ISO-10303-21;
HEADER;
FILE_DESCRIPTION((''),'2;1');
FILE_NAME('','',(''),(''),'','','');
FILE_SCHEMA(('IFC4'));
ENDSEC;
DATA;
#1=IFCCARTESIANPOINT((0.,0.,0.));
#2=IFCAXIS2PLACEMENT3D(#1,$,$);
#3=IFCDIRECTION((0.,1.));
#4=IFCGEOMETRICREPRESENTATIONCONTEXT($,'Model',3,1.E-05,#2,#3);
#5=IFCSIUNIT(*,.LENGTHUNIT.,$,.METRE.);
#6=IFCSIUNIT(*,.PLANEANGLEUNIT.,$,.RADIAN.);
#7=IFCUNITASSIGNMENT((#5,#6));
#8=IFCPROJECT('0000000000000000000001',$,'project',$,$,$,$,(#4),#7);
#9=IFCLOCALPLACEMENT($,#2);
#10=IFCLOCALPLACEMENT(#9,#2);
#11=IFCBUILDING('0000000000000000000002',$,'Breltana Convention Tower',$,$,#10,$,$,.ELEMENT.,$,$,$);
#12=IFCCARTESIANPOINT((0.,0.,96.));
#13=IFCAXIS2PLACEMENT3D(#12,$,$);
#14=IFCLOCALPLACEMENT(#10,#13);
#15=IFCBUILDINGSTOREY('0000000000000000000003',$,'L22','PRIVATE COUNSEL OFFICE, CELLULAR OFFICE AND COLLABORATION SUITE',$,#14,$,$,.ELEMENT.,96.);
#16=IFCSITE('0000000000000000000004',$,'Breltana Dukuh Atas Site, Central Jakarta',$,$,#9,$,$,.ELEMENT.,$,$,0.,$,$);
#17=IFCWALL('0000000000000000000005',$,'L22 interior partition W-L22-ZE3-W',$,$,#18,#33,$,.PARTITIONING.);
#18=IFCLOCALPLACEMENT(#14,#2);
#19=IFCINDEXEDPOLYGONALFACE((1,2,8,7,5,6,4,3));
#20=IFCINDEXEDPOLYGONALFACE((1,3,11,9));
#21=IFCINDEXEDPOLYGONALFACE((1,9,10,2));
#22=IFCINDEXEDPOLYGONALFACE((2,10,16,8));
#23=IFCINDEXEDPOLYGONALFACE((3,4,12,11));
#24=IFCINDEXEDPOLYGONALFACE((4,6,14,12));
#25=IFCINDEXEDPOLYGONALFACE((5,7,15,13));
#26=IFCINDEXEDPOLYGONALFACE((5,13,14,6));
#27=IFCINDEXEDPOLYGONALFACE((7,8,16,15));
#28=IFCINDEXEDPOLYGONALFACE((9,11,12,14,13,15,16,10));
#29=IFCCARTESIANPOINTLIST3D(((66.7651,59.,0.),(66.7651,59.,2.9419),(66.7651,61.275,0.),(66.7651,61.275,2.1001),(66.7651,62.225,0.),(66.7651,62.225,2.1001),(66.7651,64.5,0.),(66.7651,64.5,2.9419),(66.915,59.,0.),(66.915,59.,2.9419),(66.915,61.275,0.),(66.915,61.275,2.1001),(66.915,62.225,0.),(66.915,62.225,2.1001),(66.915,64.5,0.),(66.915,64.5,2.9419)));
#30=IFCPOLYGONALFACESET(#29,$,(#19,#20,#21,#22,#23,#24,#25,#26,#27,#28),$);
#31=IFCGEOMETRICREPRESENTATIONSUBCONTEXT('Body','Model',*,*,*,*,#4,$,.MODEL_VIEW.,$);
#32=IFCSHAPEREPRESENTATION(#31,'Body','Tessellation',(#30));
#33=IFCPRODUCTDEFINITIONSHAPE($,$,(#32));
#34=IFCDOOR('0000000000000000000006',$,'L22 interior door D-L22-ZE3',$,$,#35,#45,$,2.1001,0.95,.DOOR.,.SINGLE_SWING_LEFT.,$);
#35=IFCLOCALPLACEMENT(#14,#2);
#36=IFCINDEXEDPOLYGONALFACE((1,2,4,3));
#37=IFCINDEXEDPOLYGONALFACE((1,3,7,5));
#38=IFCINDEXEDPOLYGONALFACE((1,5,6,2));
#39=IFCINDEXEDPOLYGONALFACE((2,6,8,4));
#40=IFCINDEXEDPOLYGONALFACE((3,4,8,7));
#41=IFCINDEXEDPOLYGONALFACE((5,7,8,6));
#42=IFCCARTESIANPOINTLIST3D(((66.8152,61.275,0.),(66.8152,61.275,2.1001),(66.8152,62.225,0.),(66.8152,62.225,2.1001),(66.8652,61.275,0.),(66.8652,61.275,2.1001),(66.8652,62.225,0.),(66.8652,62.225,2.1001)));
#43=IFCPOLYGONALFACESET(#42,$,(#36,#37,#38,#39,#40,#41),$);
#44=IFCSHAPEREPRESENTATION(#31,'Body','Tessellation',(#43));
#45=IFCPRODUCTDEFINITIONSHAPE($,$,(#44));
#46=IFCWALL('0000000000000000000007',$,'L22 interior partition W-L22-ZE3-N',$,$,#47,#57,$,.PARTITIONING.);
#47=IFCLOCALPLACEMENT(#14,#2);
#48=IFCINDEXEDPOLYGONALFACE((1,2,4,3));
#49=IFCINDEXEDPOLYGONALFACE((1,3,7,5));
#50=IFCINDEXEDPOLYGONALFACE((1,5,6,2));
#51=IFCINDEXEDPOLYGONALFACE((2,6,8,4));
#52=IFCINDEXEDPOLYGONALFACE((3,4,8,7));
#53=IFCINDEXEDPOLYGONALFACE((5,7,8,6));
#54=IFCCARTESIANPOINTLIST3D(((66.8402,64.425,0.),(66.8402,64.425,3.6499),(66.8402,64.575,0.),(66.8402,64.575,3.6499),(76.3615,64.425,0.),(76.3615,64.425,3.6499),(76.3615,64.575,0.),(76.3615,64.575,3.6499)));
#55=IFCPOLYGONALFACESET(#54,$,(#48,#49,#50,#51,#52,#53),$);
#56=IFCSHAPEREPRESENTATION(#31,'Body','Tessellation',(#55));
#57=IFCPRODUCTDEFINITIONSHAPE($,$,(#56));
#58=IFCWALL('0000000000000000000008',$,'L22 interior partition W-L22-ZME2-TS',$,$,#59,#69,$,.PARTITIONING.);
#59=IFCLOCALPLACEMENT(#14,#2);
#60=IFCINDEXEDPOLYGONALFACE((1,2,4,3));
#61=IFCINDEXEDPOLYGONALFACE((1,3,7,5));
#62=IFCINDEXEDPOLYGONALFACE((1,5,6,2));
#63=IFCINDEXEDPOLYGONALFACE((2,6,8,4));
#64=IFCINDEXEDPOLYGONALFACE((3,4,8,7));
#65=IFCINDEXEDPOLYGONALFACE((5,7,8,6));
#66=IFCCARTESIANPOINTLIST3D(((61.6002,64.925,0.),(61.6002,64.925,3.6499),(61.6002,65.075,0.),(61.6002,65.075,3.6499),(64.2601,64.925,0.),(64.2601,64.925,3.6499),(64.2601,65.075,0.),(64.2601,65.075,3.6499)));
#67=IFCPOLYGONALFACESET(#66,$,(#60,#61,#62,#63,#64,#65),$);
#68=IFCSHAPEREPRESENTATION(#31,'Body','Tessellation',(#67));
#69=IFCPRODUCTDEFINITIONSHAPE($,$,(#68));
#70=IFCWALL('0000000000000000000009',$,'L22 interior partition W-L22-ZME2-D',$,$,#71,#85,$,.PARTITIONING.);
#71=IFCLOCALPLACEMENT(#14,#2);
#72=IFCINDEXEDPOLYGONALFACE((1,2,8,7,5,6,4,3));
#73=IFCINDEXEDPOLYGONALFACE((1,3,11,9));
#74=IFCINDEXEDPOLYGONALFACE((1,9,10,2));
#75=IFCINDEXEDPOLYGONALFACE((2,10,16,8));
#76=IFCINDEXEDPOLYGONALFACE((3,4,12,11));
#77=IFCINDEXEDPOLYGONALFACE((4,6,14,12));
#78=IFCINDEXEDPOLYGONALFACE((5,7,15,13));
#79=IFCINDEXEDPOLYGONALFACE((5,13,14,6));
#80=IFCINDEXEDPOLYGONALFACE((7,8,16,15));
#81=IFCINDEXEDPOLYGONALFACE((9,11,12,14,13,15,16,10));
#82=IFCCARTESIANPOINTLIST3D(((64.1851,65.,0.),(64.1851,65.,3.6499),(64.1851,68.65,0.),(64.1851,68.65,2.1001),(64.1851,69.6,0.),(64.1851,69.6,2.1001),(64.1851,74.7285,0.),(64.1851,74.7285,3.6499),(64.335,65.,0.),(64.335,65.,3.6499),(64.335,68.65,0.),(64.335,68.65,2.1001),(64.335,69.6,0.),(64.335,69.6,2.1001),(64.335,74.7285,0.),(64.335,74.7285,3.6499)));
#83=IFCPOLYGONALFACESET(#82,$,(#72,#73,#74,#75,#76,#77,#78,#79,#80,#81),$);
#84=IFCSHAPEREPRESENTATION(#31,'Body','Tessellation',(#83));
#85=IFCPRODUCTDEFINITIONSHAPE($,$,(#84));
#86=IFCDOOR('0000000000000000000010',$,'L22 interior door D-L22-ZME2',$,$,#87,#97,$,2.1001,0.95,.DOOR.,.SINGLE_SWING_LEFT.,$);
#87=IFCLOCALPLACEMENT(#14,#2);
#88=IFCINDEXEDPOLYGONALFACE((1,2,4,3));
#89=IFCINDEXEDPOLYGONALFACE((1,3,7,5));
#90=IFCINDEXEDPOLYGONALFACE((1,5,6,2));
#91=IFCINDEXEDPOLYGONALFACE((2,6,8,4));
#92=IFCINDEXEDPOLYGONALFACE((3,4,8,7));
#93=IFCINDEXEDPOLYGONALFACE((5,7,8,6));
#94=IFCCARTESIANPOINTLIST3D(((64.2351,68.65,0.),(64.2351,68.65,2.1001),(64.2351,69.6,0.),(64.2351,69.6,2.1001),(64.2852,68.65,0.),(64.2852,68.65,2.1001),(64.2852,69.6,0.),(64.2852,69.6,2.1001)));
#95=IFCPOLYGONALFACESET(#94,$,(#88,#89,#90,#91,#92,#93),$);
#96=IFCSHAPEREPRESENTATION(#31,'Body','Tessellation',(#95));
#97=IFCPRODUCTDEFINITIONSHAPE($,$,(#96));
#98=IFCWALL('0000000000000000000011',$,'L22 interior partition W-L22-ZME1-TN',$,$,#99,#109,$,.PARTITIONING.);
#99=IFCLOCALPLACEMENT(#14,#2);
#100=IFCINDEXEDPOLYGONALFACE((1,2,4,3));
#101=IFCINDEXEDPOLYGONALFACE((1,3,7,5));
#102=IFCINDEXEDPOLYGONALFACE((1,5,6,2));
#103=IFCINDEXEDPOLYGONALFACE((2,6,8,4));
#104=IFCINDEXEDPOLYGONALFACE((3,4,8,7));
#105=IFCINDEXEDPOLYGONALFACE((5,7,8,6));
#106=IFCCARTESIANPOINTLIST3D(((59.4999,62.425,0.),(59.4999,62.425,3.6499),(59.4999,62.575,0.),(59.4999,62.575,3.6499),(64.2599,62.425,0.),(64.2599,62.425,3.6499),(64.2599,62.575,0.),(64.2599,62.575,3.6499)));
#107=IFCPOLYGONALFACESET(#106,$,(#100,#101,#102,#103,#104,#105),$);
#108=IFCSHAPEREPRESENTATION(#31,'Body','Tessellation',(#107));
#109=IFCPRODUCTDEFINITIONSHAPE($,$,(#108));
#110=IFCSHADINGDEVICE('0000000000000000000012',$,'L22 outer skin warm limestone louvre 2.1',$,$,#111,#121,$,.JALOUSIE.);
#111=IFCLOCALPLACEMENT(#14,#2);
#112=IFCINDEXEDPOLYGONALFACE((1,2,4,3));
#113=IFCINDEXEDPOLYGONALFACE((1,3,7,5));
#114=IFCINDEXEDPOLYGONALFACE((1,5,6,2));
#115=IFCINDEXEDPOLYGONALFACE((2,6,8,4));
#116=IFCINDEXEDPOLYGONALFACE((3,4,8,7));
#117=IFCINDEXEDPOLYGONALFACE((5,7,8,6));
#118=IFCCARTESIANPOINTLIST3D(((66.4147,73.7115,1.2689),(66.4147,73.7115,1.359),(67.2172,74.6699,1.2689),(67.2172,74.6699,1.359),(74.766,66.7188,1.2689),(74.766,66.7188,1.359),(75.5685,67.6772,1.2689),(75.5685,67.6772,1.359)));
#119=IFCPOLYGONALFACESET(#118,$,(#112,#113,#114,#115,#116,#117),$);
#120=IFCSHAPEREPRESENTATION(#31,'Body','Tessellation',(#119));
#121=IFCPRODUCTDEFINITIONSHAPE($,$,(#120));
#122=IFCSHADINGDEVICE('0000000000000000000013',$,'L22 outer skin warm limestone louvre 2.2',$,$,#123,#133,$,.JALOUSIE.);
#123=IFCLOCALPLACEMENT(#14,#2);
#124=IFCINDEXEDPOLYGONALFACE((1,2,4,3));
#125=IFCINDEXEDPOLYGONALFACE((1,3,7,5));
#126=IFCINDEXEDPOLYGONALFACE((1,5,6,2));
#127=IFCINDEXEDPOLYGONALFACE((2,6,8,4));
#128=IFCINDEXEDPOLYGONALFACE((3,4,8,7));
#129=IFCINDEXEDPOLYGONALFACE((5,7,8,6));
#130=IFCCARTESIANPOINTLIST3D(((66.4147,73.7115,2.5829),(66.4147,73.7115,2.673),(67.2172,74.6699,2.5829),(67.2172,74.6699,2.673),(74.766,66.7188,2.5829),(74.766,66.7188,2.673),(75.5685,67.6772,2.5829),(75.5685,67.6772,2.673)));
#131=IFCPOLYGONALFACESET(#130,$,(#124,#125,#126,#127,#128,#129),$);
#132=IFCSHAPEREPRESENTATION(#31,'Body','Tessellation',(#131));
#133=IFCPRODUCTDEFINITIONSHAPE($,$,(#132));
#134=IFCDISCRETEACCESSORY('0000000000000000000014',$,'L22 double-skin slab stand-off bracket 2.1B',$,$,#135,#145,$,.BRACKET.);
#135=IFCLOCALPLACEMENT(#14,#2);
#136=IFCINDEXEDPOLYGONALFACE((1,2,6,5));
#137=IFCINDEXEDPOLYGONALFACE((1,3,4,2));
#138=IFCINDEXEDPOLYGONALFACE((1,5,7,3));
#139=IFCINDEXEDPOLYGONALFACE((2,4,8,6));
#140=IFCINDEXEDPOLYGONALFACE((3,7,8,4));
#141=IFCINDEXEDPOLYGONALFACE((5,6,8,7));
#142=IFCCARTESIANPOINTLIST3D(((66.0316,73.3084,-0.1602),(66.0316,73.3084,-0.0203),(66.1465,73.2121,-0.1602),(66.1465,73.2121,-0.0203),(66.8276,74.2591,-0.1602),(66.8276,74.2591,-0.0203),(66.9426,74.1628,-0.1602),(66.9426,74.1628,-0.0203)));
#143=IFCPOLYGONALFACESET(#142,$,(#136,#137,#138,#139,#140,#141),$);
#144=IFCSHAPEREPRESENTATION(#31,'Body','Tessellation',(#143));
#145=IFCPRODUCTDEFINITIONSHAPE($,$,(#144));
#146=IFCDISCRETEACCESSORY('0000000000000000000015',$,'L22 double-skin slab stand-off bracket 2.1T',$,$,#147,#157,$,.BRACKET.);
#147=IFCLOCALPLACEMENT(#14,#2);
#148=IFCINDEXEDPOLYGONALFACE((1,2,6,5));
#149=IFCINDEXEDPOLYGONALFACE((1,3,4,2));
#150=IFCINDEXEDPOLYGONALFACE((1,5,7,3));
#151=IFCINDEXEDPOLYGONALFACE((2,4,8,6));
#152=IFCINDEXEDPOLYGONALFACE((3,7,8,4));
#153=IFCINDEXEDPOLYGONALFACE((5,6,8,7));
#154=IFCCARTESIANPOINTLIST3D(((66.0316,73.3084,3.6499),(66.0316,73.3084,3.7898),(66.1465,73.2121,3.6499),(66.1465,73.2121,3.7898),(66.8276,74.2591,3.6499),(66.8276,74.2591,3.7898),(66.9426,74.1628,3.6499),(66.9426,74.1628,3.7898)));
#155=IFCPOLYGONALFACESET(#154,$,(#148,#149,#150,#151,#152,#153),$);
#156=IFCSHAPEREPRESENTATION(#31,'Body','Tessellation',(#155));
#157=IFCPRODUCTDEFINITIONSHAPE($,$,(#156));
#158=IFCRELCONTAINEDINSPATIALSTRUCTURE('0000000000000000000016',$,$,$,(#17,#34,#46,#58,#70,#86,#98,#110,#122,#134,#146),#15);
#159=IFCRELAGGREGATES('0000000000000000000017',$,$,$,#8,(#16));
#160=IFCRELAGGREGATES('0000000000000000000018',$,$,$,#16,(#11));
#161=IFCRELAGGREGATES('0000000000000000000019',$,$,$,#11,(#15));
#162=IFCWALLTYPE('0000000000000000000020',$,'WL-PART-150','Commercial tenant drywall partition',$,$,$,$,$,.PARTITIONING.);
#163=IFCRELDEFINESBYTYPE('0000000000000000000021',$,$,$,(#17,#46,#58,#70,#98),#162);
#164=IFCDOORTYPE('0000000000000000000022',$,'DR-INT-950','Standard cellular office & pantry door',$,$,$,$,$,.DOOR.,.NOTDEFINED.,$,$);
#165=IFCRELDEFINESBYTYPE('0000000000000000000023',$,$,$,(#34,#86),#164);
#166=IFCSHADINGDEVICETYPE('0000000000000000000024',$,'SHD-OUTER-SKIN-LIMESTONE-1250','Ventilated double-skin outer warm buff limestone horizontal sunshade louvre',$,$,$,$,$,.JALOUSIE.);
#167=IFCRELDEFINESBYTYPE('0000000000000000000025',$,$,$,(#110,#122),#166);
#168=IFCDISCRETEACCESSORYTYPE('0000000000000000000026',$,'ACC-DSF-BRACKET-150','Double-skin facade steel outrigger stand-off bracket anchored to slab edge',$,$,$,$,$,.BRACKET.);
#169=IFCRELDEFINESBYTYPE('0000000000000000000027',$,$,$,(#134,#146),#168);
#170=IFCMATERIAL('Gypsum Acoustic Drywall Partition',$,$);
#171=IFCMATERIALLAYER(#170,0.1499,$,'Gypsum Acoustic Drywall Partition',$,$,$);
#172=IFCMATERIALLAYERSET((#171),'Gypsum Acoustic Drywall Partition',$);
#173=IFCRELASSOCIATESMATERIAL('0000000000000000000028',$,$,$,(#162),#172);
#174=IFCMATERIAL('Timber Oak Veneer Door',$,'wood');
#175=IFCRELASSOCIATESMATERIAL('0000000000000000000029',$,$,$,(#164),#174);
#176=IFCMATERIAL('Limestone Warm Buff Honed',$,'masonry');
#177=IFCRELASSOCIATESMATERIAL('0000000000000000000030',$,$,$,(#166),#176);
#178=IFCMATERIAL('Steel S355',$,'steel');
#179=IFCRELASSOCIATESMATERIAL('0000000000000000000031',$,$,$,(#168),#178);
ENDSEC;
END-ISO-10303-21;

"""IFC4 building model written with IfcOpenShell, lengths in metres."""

from ifc_helpers import new_model, si_unit, direction, frame, frame_2d, origin, origin_2d, place, context, subcontext, project, spatial, rectangle, extrude, source, transform, mapped, material, layer, layer_set, material_profile, profile_set, type_object, type_shapes, element, fill, save


model = new_model("IFC4")

# Units and contexts
model_context = context("Model", 3, precision=1e-05, world=origin(), true_north=direction((0.0, 1.0)))
body_context = subcontext(model_context, "Body", "Model", "MODEL_VIEW")
ifc_project = project(units=[si_unit("LENGTHUNIT", "METRE"), si_unit("PLANEANGLEUNIT", "RADIAN")], contexts=[model_context])

# Site, building, storey
site_placement = place(None, origin())
site = spatial("IfcSite", under=ifc_project, at=site_placement, Name="Breltana Dukuh Atas Site, Central Jakarta", CompositionType="ELEMENT", RefElevation=0.0)
building_placement = place(site_placement, origin())
building = spatial("IfcBuilding", under=site, at=building_placement, Name="Breltana Convention Tower", CompositionType="ELEMENT")
storey_placement = place(building_placement, frame((0.0, 0.0, 96.0)))
storey = spatial("IfcBuildingStorey", under=building, at=storey_placement, Name="L22", Description="PRIVATE COUNSEL OFFICE, CELLULAR OFFICE AND COLLABORATION SUITE", CompositionType="ELEMENT", Elevation=96.0)

# Shared definitions
ifc_material_1 = material(Name="Gypsum Acoustic Drywall Partition")
ifc_layer_1 = layer(ifc_material_1, 0.1499, Name="Gypsum Acoustic Drywall Partition")
ifc_layer_set_1 = layer_set([ifc_layer_1], Name="Gypsum Acoustic Drywall Partition")
wall_type_1 = type_object("IfcWallType", Name="WL-PART-150", Description="Commercial tenant drywall partition", PredefinedType="PARTITIONING", material=ifc_layer_set_1)

# Wall, opening, door
shared_shape_1 = source(origin(), body_context, "Body", "SweptSolid", [
    extrude(rectangle(XDim=5.5, YDim=0.1499, at=frame_2d((2.75, 0.0))), origin(), (0.0, 0.0, 1.0), 2.9419),
])
wall_1_placement = place(storey_placement, frame((66.8401, 59.0, 0.0), z_axis=(0.0, 0.0, 1.0), x_axis=(0.0, 1.0, 0.0)))
wall_1 = element("IfcWall", 1, at=wall_1_placement, inside=storey, type_object=wall_type_1, Name="L22 interior partition W-L22-ZE3-W", PredefinedType="PARTITIONING", context=body_context, shape_type="MappedRepresentation", body=[
    mapped(shared_shape_1, transform((0.0, 0.0, 0.0), scale=1.0)),
])
opening_1_placement = place(wall_1_placement, frame((2.2749, 0.0, 0.0)))
opening_1 = element("IfcOpeningElement", 2, at=opening_1_placement, cuts=wall_1, PredefinedType="OPENING", context=body_context, shape_type="SweptSolid", body=[
    extrude(rectangle(XDim=0.95, YDim=2.1001, at=frame_2d((0.4751, 1.05))), frame((0.0, 0.085, 0.0), z_axis=(0.0, -1.0, 0.0), x_axis=(1.0, 0.0, 0.0)), (0.0, 0.0, 1.0), 0.1699),
])
ifc_material_2 = material(Name="Timber Oak Veneer Door", Category="wood")
door_type = type_object("IfcDoorType", Name="DR-INT-950", Description="Standard cellular office & pantry door", OperationType="NOTDEFINED", PredefinedType="DOOR", material=ifc_material_2)
shared_shape_2 = source(origin(), body_context, "Body", "SweptSolid", [
    extrude(rectangle(XDim=0.95, YDim=2.1001, at=frame_2d((0.4751, 1.05))), frame((0.0, 0.0249, 0.0), z_axis=(0.0, -1.0, 0.0), x_axis=(1.0, 0.0, 0.0)), (0.0, 0.0, 1.0), 0.05),
])
type_shapes(door_type, [shared_shape_2])
door_1_placement = place(opening_1_placement, origin())
door_1 = element("IfcDoor", 3, at=door_1_placement, inside=storey, type_object=door_type, Name="L22 interior door D-L22-ZE3", OperationType="SINGLE_SWING_LEFT", OverallHeight=2.1001, OverallWidth=0.95, PredefinedType="DOOR", context=body_context, shape_type="MappedRepresentation", body=[
    mapped(shared_shape_2, transform((0.0, 0.0, 0.0), scale=1.0)),
])
fill(opening_1, door_1)

# Walls
shared_shape_3 = source(origin(), body_context, "Body", "SweptSolid", [
    extrude(rectangle(XDim=9.5212, YDim=0.1499, at=frame_2d((4.7607, 0.0))), origin(), (0.0, 0.0, 1.0), 3.6499),
])
wall_2_placement = place(storey_placement, frame((66.8401, 64.5, 0.0), z_axis=(0.0, 0.0, 1.0), x_axis=(1.0, 0.0, 0.0)))
element("IfcWall", 4, at=wall_2_placement, inside=storey, type_object=wall_type_1, Name="L22 interior partition W-L22-ZE3-N", PredefinedType="PARTITIONING", context=body_context, shape_type="MappedRepresentation", body=[
    mapped(shared_shape_3, transform((0.0, 0.0, 0.0), scale=1.0)),
])
shared_shape_4 = source(origin(), body_context, "Body", "SweptSolid", [
    extrude(rectangle(XDim=2.6599, YDim=0.1499, at=frame_2d((1.3301, 0.0))), origin(), (0.0, 0.0, 1.0), 3.6499),
])
wall_3_placement = place(storey_placement, frame((61.6001, 65.0, 0.0), z_axis=(0.0, 0.0, 1.0), x_axis=(1.0, 0.0, 0.0)))
element("IfcWall", 5, at=wall_3_placement, inside=storey, type_object=wall_type_1, Name="L22 interior partition W-L22-ZME2-TS", PredefinedType="PARTITIONING", context=body_context, shape_type="MappedRepresentation", body=[
    mapped(shared_shape_4, transform((0.0, 0.0, 0.0), scale=1.0)),
])

# Wall, opening, door
shared_shape_5 = source(origin(), body_context, "Body", "SweptSolid", [
    extrude(rectangle(XDim=9.7285, YDim=0.1499, at=frame_2d((4.8643, 0.0))), origin(), (0.0, 0.0, 1.0), 3.6499),
])
wall_4_placement = place(storey_placement, frame((64.26, 65.0, 0.0), z_axis=(0.0, 0.0, 1.0), x_axis=(0.0, 1.0, 0.0)))
wall_4 = element("IfcWall", 6, at=wall_4_placement, inside=storey, type_object=wall_type_1, Name="L22 interior partition W-L22-ZME2-D", PredefinedType="PARTITIONING", context=body_context, shape_type="MappedRepresentation", body=[
    mapped(shared_shape_5, transform((0.0, 0.0, 0.0), scale=1.0)),
])
opening_2_placement = place(wall_4_placement, frame((3.6499, 0.0, 0.0)))
opening_2 = element("IfcOpeningElement", 7, at=opening_2_placement, cuts=wall_4, PredefinedType="OPENING", context=body_context, shape_type="SweptSolid", body=[
    extrude(rectangle(XDim=0.95, YDim=2.1001, at=frame_2d((0.4751, 1.05))), frame((0.0, 0.085, 0.0), z_axis=(0.0, -1.0, 0.0), x_axis=(1.0, 0.0, 0.0)), (0.0, 0.0, 1.0), 0.1699),
])
door_2_placement = place(opening_2_placement, origin())
door_2 = element("IfcDoor", 8, at=door_2_placement, inside=storey, type_object=door_type, Name="L22 interior door D-L22-ZME2", OperationType="SINGLE_SWING_LEFT", OverallHeight=2.1001, OverallWidth=0.95, PredefinedType="DOOR", context=body_context, shape_type="MappedRepresentation", body=[
    mapped(shared_shape_2, transform((0.0, 0.0, 0.0), scale=1.0)),
])
fill(opening_2, door_2)

# Wall
shared_shape_6 = source(origin(), body_context, "Body", "SweptSolid", [
    extrude(rectangle(XDim=4.76, YDim=0.1499, at=frame_2d((2.3799, 0.0))), origin(), (0.0, 0.0, 1.0), 3.6499),
])
wall_5_placement = place(storey_placement, frame((59.5, 62.5, 0.0), z_axis=(0.0, 0.0, 1.0), x_axis=(1.0, 0.0, 0.0)))
element("IfcWall", 9, at=wall_5_placement, inside=storey, type_object=wall_type_1, Name="L22 interior partition W-L22-ZME1-TN", PredefinedType="PARTITIONING", context=body_context, shape_type="MappedRepresentation", body=[
    mapped(shared_shape_6, transform((0.0, 0.0, 0.0), scale=1.0)),
])

# Shading devices
ifc_material_3 = material(Name="Limestone Warm Buff Honed", Category="masonry")
ifc_material_profile_1 = material_profile(ifc_material_3, rectangle(XDim=1.25, YDim=0.0901, at=origin_2d()), Name="STN-LVR-1250X90")
ifc_profile_set_1 = profile_set([ifc_material_profile_1], Name="Limestone Warm Buff Honed")
shading_device_type = type_object("IfcShadingDeviceType", Name="SHD-OUTER-SKIN-LIMESTONE-1250", Description="Ventilated double-skin outer warm buff limestone horizontal sunshade louvre", PredefinedType="JALOUSIE", material=ifc_profile_set_1)
shared_shape_7 = source(origin(), body_context, "Body", "SweptSolid", [
    extrude(rectangle(XDim=1.25, YDim=0.0901, at=origin_2d()), origin(), (0.0, 0.0, 1.0), 10.8923),
])
for number, where, z_axis, x_axis, name in (
    (10, (66.8159, 74.1907, 1.314), (0.766718, -0.641984, 0.0), (0.641984, 0.766718, 0.0), "L22 outer skin warm limestone louvre 2.1"),
    (11, (66.8159, 74.1907, 2.6279), (0.766718, -0.641984, 0.0), (0.641984, 0.766718, 0.0), "L22 outer skin warm limestone louvre 2.2"),
):
    element("IfcShadingDevice", number, at=place(storey_placement, frame(where, z_axis=z_axis, x_axis=x_axis)), inside=storey, type_object=shading_device_type, Name=name, PredefinedType="JALOUSIE", context=body_context, shape_type="MappedRepresentation", body=[
        mapped(shared_shape_7, transform((0.0, 0.0, 0.0), scale=1.0)),
    ])

# Discrete accessories
ifc_material_4 = material(Name="Steel S355", Category="steel")
discrete_accessory_type = type_object("IfcDiscreteAccessoryType", Name="ACC-DSF-BRACKET-150", Description="Double-skin facade steel outrigger stand-off bracket anchored to slab edge", PredefinedType="BRACKET", material=ifc_material_4)
shared_shape_8 = source(origin(), body_context, "Body", "SweptSolid", [
    extrude(rectangle(XDim=1.24, YDim=0.1499, at=origin_2d()), origin(), (0.0, 0.0, 1.0), 0.1399),
])
type_shapes(discrete_accessory_type, [shared_shape_8])
for number, where, z_axis, x_axis, name in (
    (12, (66.4871, 73.7356, -0.1602), (0.0, 0.0, 1.0), (0.641987, 0.766715, 0.0), "L22 double-skin slab stand-off bracket 2.1B"),
    (13, (66.4871, 73.7356, 3.6499), (0.0, 0.0, 1.0), (0.641987, 0.766715, 0.0), "L22 double-skin slab stand-off bracket 2.1T"),
):
    element("IfcDiscreteAccessory", number, at=place(storey_placement, frame(where, z_axis=z_axis, x_axis=x_axis)), inside=storey, type_object=discrete_accessory_type, Name=name, PredefinedType="BRACKET", context=body_context, shape_type="MappedRepresentation", body=[
        mapped(shared_shape_8, transform((0.0, 0.0, 0.0), scale=1.0)),
    ])

save(model, "model.ifc")
